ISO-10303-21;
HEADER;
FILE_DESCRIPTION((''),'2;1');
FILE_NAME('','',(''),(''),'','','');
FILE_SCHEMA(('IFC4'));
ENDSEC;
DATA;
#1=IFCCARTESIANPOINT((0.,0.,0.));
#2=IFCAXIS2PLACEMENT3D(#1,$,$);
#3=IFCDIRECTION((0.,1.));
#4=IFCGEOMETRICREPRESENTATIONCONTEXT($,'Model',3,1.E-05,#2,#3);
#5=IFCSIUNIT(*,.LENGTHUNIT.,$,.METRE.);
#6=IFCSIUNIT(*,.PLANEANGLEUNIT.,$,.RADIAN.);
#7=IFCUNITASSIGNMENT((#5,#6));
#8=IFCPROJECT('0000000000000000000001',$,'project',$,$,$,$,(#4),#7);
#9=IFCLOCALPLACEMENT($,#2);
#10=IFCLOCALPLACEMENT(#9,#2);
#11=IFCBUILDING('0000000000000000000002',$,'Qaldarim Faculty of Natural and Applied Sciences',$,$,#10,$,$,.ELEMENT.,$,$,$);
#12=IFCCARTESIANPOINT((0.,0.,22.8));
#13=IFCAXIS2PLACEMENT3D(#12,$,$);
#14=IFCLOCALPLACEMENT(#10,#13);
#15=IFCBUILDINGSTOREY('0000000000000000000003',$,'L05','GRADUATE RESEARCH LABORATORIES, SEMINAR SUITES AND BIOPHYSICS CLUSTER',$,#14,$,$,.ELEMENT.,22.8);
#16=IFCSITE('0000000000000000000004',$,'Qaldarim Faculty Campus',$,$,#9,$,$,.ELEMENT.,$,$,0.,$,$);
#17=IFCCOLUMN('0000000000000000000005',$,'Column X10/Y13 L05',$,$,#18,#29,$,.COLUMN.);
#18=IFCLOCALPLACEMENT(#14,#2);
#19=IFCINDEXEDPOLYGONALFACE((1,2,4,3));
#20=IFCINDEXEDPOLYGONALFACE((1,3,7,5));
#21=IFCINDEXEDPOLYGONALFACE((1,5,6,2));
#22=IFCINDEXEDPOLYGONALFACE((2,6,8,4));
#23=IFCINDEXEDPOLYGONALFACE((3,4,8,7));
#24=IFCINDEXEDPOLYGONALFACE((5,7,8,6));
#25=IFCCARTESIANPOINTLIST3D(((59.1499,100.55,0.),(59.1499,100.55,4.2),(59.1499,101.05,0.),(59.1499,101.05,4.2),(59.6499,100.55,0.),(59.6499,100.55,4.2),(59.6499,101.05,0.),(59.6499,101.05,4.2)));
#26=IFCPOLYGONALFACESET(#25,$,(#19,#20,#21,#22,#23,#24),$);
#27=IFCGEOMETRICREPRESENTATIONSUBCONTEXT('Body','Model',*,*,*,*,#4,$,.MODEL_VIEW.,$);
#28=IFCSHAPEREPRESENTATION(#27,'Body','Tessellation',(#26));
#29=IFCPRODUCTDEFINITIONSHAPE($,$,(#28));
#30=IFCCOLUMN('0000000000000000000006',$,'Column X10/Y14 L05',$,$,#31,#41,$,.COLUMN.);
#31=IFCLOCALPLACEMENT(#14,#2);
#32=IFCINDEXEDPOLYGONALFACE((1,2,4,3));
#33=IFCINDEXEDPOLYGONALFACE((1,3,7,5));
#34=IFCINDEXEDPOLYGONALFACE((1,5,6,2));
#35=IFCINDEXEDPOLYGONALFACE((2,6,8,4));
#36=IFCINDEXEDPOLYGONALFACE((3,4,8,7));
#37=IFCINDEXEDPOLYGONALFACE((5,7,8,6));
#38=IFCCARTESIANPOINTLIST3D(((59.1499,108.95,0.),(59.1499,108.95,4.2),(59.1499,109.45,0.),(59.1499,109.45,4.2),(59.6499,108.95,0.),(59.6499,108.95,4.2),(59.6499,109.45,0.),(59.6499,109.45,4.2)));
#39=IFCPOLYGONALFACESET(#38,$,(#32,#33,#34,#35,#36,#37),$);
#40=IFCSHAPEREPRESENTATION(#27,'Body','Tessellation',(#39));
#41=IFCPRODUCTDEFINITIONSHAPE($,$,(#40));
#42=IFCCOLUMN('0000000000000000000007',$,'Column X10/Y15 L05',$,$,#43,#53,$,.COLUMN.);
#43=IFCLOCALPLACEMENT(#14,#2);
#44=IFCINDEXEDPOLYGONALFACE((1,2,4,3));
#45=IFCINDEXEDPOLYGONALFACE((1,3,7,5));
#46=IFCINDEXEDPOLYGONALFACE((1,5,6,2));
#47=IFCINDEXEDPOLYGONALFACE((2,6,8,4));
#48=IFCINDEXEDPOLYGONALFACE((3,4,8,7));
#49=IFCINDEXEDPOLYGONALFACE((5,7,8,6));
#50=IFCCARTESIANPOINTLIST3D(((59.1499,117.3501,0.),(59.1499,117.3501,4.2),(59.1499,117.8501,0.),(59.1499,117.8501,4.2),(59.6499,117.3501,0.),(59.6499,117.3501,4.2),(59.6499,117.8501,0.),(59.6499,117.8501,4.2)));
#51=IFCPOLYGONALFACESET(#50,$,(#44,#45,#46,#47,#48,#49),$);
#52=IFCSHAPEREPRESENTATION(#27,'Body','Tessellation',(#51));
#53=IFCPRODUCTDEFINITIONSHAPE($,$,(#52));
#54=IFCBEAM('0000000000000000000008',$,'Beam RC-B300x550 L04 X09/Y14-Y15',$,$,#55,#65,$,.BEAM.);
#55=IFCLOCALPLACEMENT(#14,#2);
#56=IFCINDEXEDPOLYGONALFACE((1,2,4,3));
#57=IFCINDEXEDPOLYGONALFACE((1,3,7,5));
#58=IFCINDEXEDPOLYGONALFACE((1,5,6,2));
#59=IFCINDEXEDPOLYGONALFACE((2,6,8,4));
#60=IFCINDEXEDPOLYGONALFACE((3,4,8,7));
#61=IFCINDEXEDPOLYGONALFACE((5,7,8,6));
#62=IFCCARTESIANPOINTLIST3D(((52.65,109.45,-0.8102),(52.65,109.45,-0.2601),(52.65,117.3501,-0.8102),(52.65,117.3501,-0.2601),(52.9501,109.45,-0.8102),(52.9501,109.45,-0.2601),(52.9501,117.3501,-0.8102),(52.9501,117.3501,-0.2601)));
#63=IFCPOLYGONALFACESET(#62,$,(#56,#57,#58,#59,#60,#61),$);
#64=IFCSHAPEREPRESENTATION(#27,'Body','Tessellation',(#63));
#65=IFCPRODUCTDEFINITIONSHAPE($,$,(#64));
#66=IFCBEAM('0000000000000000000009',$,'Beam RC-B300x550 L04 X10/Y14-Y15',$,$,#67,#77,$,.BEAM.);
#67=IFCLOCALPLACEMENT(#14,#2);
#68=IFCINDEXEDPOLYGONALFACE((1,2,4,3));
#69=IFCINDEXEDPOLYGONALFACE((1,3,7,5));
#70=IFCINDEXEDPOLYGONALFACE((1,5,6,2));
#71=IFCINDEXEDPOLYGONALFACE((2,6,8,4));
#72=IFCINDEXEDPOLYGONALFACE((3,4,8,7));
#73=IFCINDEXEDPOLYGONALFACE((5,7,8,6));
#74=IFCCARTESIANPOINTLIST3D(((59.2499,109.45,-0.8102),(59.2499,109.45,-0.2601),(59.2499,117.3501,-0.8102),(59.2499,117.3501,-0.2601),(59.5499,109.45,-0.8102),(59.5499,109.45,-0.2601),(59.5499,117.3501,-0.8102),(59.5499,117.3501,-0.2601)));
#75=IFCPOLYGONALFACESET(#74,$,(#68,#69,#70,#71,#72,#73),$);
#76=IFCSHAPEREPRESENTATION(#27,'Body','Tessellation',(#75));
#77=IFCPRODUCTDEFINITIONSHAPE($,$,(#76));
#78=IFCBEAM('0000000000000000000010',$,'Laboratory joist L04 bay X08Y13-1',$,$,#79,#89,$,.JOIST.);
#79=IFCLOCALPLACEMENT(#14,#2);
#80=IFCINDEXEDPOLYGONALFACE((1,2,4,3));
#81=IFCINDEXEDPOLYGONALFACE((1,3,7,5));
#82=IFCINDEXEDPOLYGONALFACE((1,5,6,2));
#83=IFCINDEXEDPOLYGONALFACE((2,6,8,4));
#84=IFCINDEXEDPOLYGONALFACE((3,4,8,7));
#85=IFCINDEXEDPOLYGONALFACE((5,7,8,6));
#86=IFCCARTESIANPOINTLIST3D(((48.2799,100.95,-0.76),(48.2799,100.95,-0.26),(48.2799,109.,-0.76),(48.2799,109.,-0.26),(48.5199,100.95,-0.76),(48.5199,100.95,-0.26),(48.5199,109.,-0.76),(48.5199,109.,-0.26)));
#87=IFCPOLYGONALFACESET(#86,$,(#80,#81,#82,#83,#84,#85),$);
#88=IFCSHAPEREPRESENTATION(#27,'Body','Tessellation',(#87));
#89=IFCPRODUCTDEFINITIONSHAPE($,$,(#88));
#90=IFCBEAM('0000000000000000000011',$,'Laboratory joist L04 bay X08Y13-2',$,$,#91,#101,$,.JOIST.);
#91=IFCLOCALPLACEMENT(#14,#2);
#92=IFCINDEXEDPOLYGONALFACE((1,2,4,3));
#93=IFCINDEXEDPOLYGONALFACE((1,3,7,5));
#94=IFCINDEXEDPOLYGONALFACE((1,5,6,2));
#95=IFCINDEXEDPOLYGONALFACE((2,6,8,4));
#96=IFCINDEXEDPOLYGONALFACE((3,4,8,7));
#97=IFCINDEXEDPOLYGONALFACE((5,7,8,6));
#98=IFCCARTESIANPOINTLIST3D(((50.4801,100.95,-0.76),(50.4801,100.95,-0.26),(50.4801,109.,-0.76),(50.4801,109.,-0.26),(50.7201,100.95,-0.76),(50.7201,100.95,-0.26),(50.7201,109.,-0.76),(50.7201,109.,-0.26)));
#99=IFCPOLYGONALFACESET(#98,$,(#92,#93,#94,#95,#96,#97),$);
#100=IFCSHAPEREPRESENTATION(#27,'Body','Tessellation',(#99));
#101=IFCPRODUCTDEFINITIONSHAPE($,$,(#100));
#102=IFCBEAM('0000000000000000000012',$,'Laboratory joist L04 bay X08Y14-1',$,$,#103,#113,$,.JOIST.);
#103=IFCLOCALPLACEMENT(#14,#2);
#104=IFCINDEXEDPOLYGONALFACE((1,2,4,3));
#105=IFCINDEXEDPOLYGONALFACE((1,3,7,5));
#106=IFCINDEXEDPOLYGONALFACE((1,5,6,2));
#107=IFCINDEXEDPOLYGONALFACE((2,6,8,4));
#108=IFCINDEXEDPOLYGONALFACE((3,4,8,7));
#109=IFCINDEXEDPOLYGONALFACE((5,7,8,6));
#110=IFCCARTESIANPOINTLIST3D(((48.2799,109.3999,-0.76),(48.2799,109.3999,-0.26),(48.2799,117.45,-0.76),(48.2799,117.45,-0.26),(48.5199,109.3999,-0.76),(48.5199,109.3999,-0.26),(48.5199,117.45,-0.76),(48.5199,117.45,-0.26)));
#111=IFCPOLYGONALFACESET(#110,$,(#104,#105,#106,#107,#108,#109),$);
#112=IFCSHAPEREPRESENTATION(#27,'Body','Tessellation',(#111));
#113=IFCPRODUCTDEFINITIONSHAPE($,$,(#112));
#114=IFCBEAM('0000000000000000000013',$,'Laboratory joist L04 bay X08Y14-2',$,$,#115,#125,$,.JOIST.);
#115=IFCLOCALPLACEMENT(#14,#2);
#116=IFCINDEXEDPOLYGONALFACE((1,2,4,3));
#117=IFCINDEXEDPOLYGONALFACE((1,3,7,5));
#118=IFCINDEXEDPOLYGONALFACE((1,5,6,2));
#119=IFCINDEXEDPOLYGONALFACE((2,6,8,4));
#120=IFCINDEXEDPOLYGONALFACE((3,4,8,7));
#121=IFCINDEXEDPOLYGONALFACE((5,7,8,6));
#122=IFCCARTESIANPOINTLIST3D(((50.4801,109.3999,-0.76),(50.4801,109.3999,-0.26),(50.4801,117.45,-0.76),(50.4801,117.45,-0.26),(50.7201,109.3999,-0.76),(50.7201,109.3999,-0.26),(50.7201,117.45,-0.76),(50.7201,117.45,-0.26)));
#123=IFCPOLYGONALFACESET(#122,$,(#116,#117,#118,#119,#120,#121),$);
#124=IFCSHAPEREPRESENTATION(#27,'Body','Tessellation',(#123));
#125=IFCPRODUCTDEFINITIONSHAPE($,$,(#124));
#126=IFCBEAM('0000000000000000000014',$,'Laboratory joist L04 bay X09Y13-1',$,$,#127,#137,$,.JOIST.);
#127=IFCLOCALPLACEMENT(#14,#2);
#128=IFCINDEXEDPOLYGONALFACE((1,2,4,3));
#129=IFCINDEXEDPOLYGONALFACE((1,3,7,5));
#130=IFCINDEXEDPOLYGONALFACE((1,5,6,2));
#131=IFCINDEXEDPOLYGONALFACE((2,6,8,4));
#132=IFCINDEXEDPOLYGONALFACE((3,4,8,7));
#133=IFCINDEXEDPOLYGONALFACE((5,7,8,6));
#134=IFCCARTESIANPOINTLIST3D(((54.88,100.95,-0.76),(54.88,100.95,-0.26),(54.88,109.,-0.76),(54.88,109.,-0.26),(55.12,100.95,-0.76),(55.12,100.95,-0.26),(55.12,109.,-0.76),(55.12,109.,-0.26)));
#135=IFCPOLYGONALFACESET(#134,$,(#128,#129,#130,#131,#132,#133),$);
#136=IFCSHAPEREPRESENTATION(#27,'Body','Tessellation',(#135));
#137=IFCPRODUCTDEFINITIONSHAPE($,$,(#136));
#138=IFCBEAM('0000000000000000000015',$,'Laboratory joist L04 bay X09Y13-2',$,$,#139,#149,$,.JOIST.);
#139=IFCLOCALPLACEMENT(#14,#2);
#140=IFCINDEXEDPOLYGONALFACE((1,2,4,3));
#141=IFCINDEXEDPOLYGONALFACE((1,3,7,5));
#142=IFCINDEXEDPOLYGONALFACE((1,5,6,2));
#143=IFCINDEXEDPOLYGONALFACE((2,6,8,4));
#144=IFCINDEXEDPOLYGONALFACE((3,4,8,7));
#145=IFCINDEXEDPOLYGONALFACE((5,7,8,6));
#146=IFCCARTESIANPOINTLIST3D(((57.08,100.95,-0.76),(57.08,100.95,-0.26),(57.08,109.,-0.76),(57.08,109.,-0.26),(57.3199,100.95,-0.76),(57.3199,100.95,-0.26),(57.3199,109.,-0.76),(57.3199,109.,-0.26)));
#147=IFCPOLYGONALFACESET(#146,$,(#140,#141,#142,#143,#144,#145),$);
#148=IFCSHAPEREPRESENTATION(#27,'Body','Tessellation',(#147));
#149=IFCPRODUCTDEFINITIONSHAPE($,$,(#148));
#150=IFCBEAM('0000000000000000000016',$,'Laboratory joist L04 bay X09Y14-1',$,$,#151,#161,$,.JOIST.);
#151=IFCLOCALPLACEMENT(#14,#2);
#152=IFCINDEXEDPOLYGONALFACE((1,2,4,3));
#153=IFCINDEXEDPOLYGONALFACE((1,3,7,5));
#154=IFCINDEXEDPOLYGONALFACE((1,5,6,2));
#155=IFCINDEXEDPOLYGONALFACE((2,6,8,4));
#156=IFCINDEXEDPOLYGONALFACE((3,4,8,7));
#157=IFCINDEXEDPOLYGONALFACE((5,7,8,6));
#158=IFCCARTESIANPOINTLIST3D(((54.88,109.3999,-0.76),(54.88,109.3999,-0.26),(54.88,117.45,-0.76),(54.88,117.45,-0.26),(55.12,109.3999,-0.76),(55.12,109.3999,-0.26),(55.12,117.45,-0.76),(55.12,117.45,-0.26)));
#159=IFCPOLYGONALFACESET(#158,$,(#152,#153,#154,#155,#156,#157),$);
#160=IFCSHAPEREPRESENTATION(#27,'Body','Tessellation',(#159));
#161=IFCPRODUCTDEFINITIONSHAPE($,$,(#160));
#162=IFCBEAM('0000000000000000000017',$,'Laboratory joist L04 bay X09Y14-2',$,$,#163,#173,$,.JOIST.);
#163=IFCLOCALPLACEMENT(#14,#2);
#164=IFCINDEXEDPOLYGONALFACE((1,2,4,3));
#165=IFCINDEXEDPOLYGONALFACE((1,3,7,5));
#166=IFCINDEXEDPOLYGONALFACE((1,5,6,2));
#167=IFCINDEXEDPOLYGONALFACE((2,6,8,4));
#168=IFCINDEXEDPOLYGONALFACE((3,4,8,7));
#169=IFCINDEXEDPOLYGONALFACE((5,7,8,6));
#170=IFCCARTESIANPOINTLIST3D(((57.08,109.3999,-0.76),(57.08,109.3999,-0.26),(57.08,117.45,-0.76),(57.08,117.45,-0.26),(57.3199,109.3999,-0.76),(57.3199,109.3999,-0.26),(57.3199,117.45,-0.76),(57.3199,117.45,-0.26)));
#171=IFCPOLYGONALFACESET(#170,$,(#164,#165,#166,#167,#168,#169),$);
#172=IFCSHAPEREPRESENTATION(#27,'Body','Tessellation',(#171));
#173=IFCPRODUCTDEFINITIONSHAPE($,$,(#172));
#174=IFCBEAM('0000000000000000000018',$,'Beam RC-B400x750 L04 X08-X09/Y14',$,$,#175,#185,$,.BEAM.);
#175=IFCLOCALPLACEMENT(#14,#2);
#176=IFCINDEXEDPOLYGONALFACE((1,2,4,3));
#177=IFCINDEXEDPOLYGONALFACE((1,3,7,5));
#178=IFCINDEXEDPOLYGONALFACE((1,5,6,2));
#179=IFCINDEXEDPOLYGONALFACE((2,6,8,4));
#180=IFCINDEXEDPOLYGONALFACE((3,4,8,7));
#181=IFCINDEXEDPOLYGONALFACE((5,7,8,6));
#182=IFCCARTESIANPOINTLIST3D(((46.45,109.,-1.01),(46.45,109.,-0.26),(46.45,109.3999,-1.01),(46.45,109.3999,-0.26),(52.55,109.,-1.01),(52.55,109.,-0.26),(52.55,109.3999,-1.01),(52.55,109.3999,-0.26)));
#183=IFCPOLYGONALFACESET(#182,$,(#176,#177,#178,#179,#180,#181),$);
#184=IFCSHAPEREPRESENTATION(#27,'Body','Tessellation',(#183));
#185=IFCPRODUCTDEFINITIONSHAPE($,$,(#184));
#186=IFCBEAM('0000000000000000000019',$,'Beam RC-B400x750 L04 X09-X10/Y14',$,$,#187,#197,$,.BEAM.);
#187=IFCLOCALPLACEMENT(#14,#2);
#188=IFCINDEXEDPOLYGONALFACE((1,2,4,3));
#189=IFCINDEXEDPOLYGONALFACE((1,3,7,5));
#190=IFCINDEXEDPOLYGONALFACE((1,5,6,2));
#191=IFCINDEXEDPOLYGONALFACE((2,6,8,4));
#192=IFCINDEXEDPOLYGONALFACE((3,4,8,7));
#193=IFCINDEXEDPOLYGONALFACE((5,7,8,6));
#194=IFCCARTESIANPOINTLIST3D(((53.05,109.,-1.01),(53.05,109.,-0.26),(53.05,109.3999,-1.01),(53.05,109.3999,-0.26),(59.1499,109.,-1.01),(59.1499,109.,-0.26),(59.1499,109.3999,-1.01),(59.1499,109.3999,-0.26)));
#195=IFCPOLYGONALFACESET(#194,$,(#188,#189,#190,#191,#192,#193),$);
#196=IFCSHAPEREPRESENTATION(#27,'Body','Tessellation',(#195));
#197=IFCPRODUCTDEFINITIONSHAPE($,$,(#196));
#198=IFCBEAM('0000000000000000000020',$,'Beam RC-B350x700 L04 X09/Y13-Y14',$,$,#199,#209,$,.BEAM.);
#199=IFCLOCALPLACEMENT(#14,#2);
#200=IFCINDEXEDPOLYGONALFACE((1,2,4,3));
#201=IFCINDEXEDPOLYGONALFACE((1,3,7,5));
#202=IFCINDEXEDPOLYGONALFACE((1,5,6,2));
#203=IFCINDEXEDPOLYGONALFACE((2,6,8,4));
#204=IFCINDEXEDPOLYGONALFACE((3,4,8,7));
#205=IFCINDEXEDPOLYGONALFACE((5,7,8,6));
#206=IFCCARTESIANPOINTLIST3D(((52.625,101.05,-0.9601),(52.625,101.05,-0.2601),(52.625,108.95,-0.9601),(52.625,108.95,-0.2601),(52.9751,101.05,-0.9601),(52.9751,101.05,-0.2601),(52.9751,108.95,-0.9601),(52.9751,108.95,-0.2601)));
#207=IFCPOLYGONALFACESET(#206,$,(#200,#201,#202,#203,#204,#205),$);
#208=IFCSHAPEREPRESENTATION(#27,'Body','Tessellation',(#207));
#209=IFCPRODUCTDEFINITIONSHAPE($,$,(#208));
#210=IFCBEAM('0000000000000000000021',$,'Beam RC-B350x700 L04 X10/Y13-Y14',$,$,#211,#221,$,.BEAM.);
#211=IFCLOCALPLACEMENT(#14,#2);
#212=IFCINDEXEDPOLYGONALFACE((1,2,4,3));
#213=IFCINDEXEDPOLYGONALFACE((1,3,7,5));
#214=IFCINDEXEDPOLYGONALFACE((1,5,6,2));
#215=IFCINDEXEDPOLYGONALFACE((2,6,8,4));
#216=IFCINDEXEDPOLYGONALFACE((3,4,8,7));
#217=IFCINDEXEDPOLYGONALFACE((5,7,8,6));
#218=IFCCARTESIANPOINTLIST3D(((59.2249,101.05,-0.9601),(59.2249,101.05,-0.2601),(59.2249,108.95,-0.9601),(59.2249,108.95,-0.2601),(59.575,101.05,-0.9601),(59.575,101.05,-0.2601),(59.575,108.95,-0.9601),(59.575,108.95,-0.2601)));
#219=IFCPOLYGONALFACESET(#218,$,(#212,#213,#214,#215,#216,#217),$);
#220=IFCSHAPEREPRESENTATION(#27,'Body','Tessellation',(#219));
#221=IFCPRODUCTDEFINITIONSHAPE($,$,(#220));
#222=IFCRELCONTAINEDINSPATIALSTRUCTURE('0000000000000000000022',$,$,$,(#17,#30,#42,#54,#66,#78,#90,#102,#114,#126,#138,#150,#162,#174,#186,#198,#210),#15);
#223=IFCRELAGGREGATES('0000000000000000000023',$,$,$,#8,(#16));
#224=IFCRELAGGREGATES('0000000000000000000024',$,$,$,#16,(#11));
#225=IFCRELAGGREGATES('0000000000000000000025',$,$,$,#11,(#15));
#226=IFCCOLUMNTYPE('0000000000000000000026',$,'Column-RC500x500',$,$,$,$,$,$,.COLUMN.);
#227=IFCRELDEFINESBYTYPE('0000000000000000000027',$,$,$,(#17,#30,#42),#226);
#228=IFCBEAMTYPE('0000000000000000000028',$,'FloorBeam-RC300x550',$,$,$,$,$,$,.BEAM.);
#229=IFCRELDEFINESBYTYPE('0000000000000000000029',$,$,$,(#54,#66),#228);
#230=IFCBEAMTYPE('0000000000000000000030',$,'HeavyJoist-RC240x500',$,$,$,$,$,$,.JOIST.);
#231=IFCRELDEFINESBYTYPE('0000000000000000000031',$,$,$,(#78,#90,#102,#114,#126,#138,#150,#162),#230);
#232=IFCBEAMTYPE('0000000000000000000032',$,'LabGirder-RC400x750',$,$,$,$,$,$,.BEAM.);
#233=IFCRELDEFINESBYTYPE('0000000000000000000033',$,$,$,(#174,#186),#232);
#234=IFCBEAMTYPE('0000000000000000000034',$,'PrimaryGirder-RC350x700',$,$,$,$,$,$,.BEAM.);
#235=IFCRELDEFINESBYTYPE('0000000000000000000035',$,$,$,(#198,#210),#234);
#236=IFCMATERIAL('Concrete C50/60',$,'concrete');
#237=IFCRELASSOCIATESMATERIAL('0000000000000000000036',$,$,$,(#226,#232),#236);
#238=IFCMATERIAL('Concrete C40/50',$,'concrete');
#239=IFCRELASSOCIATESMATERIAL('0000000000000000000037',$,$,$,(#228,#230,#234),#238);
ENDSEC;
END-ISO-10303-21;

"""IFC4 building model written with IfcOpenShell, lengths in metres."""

from ifc_helpers import new_model, si_unit, direction, frame, origin, origin_2d, place, context, subcontext, project, spatial, rectangle, extrude, material, material_profile, profile_set, type_object, element, save


model = new_model("IFC4")

# Units and contexts
model_context = context("Model", 3, precision=1e-05, world=origin(), true_north=direction((0.0, 1.0)))
body_context = subcontext(model_context, "Body", "Model", "MODEL_VIEW")
ifc_project = project(units=[si_unit("LENGTHUNIT", "METRE"), si_unit("PLANEANGLEUNIT", "RADIAN")], contexts=[model_context])

# Site, building, storey
site_placement = place(None, origin())
site = spatial("IfcSite", under=ifc_project, at=site_placement, Name="Qaldarim Faculty Campus", CompositionType="ELEMENT", RefElevation=0.0)
building_placement = place(site_placement, origin())
building = spatial("IfcBuilding", under=site, at=building_placement, Name="Qaldarim Faculty of Natural and Applied Sciences", CompositionType="ELEMENT")
storey_placement = place(building_placement, frame((0.0, 0.0, 22.8)))
storey = spatial("IfcBuildingStorey", under=building, at=storey_placement, Name="L05", Description="GRADUATE RESEARCH LABORATORIES, SEMINAR SUITES AND BIOPHYSICS CLUSTER", CompositionType="ELEMENT", Elevation=22.8)

# Columns
ifc_material_1 = material(Name="Concrete C50/60", Category="concrete")
ifc_material_profile_1 = material_profile(ifc_material_1, rectangle(XDim=0.5, YDim=0.5, at=origin_2d()), Name="RC-C500x500")
ifc_profile_set_1 = profile_set([ifc_material_profile_1], Name="Concrete C50/60")
column_type = type_object("IfcColumnType", Name="Column-RC500x500", PredefinedType="COLUMN", material=ifc_profile_set_1)
for number, where, z_axis, x_axis, name in (
    (1, (59.3999, 100.8, 0.0), (0.0, 0.0, 1.0), (1.0, 0.0, 0.0), "Column X10/Y13 L05"),
    (2, (59.3999, 109.2, 0.0), (0.0, 0.0, 1.0), (1.0, 0.0, 0.0), "Column X10/Y14 L05"),
    (3, (59.3999, 117.6001, 0.0), (0.0, 0.0, 1.0), (1.0, 0.0, 0.0), "Column X10/Y15 L05"),
):
    element("IfcColumn", number, at=place(storey_placement, frame(where, z_axis=z_axis, x_axis=x_axis)), inside=storey, type_object=column_type, Name=name, PredefinedType="COLUMN", context=body_context, shape_type="SweptSolid", body=[
        extrude(rectangle(XDim=0.5, YDim=0.5, at=origin_2d()), origin(), (0.0, 0.0, 1.0), 4.2),
    ])

# Beams
ifc_material_2 = material(Name="Concrete C40/50", Category="concrete")
ifc_material_profile_2 = material_profile(ifc_material_2, rectangle(XDim=0.3, YDim=0.55, at=origin_2d()), Name="RC-B300x550")
ifc_profile_set_2 = profile_set([ifc_material_profile_2], Name="Concrete C40/50")
beam_type_1 = type_object("IfcBeamType", Name="FloorBeam-RC300x550", PredefinedType="BEAM", material=ifc_profile_set_2)
for number, where, z_axis, x_axis, name in (
    (4, (52.8, 109.45, -0.5352), (0.0, 1.0, 0.0), (-1.0, 0.0, 0.0), "Beam RC-B300x550 L04 X09/Y14-Y15"),
    (5, (59.3999, 109.45, -0.5352), (0.0, 1.0, 0.0), (-1.0, 0.0, 0.0), "Beam RC-B300x550 L04 X10/Y14-Y15"),
):
    element("IfcBeam", number, at=place(storey_placement, frame(where, z_axis=z_axis, x_axis=x_axis)), inside=storey, type_object=beam_type_1, Name=name, PredefinedType="BEAM", context=body_context, shape_type="SweptSolid", body=[
        extrude(rectangle(XDim=0.3, YDim=0.55, at=origin_2d()), origin(), (0.0, 0.0, 1.0), 7.9001),
    ])
ifc_material_profile_3 = material_profile(ifc_material_2, rectangle(XDim=0.24, YDim=0.5, at=origin_2d()), Name="RC-J240x500")
ifc_profile_set_3 = profile_set([ifc_material_profile_3], Name="Concrete C40/50")
beam_type_2 = type_object("IfcBeamType", Name="HeavyJoist-RC240x500", PredefinedType="JOIST", material=ifc_profile_set_3)
for number, where, z_axis, x_axis, name in (
    (6, (48.3999, 100.95, -0.51), (0.0, 1.0, 0.0), (-1.0, 0.0, 0.0), "Laboratory joist L04 bay X08Y13-1"),
    (7, (50.6001, 100.95, -0.51), (0.0, 1.0, 0.0), (-1.0, 0.0, 0.0), "Laboratory joist L04 bay X08Y13-2"),
    (8, (48.3999, 109.3999, -0.51), (0.0, 1.0, 0.0), (-1.0, 0.0, 0.0), "Laboratory joist L04 bay X08Y14-1"),
    (9, (50.6001, 109.3999, -0.51), (0.0, 1.0, 0.0), (-1.0, 0.0, 0.0), "Laboratory joist L04 bay X08Y14-2"),
    (10, (55.0, 100.95, -0.51), (0.0, 1.0, 0.0), (-1.0, 0.0, 0.0), "Laboratory joist L04 bay X09Y13-1"),
    (11, (57.2, 100.95, -0.51), (0.0, 1.0, 0.0), (-1.0, 0.0, 0.0), "Laboratory joist L04 bay X09Y13-2"),
    (12, (55.0, 109.3999, -0.51), (0.0, 1.0, 0.0), (-1.0, 0.0, 0.0), "Laboratory joist L04 bay X09Y14-1"),
    (13, (57.2, 109.3999, -0.51), (0.0, 1.0, 0.0), (-1.0, 0.0, 0.0), "Laboratory joist L04 bay X09Y14-2"),
):
    element("IfcBeam", number, at=place(storey_placement, frame(where, z_axis=z_axis, x_axis=x_axis)), inside=storey, type_object=beam_type_2, Name=name, PredefinedType="JOIST", context=body_context, shape_type="SweptSolid", body=[
        extrude(rectangle(XDim=0.24, YDim=0.5, at=origin_2d()), origin(), (0.0, 0.0, 1.0), 8.05),
    ])
ifc_material_profile_4 = material_profile(ifc_material_1, rectangle(XDim=0.3999, YDim=0.75, at=origin_2d()), Name="RC-B400x750")
ifc_profile_set_4 = profile_set([ifc_material_profile_4], Name="Concrete C50/60")
beam_type_3 = type_object("IfcBeamType", Name="LabGirder-RC400x750", PredefinedType="BEAM", material=ifc_profile_set_4)
beam_1_placement = place(storey_placement, frame((46.45, 109.2, -0.635), z_axis=(1.0, 0.0, 0.0), x_axis=(0.0, 1.0, 0.0)))
element("IfcBeam", 14, at=beam_1_placement, inside=storey, type_object=beam_type_3, Name="Beam RC-B400x750 L04 X08-X09/Y14", PredefinedType="BEAM", context=body_context, shape_type="SweptSolid", body=[
    extrude(rectangle(XDim=0.3999, YDim=0.75, at=origin_2d()), origin(), (0.0, 0.0, 1.0), 6.1001),
])
beam_2_placement = place(storey_placement, frame((53.05, 109.2, -0.635), z_axis=(1.0, 0.0, 0.0), x_axis=(0.0, 1.0, 0.0)))
element("IfcBeam", 15, at=beam_2_placement, inside=storey, type_object=beam_type_3, Name="Beam RC-B400x750 L04 X09-X10/Y14", PredefinedType="BEAM", context=body_context, shape_type="SweptSolid", body=[
    extrude(rectangle(XDim=0.3999, YDim=0.75, at=origin_2d()), origin(), (0.0, 0.0, 1.0), 6.0999),
])
ifc_material_profile_5 = material_profile(ifc_material_2, rectangle(XDim=0.3501, YDim=0.7, at=origin_2d()), Name="RC-B350x700")
ifc_profile_set_5 = profile_set([ifc_material_profile_5], Name="Concrete C40/50")
beam_type_4 = type_object("IfcBeamType", Name="PrimaryGirder-RC350x700", PredefinedType="BEAM", material=ifc_profile_set_5)
for number, where, z_axis, x_axis, name in (
    (16, (52.8, 101.05, -0.6101), (0.0, 1.0, 0.0), (-1.0, 0.0, 0.0), "Beam RC-B350x700 L04 X09/Y13-Y14"),
    (17, (59.3999, 101.05, -0.6101), (0.0, 1.0, 0.0), (-1.0, 0.0, 0.0), "Beam RC-B350x700 L04 X10/Y13-Y14"),
):
    element("IfcBeam", number, at=place(storey_placement, frame(where, z_axis=z_axis, x_axis=x_axis)), inside=storey, type_object=beam_type_4, Name=name, PredefinedType="BEAM", context=body_context, shape_type="SweptSolid", body=[
        extrude(rectangle(XDim=0.3501, YDim=0.7, at=origin_2d()), origin(), (0.0, 0.0, 1.0), 7.8999),
    ])

save(model, "model.ifc")
